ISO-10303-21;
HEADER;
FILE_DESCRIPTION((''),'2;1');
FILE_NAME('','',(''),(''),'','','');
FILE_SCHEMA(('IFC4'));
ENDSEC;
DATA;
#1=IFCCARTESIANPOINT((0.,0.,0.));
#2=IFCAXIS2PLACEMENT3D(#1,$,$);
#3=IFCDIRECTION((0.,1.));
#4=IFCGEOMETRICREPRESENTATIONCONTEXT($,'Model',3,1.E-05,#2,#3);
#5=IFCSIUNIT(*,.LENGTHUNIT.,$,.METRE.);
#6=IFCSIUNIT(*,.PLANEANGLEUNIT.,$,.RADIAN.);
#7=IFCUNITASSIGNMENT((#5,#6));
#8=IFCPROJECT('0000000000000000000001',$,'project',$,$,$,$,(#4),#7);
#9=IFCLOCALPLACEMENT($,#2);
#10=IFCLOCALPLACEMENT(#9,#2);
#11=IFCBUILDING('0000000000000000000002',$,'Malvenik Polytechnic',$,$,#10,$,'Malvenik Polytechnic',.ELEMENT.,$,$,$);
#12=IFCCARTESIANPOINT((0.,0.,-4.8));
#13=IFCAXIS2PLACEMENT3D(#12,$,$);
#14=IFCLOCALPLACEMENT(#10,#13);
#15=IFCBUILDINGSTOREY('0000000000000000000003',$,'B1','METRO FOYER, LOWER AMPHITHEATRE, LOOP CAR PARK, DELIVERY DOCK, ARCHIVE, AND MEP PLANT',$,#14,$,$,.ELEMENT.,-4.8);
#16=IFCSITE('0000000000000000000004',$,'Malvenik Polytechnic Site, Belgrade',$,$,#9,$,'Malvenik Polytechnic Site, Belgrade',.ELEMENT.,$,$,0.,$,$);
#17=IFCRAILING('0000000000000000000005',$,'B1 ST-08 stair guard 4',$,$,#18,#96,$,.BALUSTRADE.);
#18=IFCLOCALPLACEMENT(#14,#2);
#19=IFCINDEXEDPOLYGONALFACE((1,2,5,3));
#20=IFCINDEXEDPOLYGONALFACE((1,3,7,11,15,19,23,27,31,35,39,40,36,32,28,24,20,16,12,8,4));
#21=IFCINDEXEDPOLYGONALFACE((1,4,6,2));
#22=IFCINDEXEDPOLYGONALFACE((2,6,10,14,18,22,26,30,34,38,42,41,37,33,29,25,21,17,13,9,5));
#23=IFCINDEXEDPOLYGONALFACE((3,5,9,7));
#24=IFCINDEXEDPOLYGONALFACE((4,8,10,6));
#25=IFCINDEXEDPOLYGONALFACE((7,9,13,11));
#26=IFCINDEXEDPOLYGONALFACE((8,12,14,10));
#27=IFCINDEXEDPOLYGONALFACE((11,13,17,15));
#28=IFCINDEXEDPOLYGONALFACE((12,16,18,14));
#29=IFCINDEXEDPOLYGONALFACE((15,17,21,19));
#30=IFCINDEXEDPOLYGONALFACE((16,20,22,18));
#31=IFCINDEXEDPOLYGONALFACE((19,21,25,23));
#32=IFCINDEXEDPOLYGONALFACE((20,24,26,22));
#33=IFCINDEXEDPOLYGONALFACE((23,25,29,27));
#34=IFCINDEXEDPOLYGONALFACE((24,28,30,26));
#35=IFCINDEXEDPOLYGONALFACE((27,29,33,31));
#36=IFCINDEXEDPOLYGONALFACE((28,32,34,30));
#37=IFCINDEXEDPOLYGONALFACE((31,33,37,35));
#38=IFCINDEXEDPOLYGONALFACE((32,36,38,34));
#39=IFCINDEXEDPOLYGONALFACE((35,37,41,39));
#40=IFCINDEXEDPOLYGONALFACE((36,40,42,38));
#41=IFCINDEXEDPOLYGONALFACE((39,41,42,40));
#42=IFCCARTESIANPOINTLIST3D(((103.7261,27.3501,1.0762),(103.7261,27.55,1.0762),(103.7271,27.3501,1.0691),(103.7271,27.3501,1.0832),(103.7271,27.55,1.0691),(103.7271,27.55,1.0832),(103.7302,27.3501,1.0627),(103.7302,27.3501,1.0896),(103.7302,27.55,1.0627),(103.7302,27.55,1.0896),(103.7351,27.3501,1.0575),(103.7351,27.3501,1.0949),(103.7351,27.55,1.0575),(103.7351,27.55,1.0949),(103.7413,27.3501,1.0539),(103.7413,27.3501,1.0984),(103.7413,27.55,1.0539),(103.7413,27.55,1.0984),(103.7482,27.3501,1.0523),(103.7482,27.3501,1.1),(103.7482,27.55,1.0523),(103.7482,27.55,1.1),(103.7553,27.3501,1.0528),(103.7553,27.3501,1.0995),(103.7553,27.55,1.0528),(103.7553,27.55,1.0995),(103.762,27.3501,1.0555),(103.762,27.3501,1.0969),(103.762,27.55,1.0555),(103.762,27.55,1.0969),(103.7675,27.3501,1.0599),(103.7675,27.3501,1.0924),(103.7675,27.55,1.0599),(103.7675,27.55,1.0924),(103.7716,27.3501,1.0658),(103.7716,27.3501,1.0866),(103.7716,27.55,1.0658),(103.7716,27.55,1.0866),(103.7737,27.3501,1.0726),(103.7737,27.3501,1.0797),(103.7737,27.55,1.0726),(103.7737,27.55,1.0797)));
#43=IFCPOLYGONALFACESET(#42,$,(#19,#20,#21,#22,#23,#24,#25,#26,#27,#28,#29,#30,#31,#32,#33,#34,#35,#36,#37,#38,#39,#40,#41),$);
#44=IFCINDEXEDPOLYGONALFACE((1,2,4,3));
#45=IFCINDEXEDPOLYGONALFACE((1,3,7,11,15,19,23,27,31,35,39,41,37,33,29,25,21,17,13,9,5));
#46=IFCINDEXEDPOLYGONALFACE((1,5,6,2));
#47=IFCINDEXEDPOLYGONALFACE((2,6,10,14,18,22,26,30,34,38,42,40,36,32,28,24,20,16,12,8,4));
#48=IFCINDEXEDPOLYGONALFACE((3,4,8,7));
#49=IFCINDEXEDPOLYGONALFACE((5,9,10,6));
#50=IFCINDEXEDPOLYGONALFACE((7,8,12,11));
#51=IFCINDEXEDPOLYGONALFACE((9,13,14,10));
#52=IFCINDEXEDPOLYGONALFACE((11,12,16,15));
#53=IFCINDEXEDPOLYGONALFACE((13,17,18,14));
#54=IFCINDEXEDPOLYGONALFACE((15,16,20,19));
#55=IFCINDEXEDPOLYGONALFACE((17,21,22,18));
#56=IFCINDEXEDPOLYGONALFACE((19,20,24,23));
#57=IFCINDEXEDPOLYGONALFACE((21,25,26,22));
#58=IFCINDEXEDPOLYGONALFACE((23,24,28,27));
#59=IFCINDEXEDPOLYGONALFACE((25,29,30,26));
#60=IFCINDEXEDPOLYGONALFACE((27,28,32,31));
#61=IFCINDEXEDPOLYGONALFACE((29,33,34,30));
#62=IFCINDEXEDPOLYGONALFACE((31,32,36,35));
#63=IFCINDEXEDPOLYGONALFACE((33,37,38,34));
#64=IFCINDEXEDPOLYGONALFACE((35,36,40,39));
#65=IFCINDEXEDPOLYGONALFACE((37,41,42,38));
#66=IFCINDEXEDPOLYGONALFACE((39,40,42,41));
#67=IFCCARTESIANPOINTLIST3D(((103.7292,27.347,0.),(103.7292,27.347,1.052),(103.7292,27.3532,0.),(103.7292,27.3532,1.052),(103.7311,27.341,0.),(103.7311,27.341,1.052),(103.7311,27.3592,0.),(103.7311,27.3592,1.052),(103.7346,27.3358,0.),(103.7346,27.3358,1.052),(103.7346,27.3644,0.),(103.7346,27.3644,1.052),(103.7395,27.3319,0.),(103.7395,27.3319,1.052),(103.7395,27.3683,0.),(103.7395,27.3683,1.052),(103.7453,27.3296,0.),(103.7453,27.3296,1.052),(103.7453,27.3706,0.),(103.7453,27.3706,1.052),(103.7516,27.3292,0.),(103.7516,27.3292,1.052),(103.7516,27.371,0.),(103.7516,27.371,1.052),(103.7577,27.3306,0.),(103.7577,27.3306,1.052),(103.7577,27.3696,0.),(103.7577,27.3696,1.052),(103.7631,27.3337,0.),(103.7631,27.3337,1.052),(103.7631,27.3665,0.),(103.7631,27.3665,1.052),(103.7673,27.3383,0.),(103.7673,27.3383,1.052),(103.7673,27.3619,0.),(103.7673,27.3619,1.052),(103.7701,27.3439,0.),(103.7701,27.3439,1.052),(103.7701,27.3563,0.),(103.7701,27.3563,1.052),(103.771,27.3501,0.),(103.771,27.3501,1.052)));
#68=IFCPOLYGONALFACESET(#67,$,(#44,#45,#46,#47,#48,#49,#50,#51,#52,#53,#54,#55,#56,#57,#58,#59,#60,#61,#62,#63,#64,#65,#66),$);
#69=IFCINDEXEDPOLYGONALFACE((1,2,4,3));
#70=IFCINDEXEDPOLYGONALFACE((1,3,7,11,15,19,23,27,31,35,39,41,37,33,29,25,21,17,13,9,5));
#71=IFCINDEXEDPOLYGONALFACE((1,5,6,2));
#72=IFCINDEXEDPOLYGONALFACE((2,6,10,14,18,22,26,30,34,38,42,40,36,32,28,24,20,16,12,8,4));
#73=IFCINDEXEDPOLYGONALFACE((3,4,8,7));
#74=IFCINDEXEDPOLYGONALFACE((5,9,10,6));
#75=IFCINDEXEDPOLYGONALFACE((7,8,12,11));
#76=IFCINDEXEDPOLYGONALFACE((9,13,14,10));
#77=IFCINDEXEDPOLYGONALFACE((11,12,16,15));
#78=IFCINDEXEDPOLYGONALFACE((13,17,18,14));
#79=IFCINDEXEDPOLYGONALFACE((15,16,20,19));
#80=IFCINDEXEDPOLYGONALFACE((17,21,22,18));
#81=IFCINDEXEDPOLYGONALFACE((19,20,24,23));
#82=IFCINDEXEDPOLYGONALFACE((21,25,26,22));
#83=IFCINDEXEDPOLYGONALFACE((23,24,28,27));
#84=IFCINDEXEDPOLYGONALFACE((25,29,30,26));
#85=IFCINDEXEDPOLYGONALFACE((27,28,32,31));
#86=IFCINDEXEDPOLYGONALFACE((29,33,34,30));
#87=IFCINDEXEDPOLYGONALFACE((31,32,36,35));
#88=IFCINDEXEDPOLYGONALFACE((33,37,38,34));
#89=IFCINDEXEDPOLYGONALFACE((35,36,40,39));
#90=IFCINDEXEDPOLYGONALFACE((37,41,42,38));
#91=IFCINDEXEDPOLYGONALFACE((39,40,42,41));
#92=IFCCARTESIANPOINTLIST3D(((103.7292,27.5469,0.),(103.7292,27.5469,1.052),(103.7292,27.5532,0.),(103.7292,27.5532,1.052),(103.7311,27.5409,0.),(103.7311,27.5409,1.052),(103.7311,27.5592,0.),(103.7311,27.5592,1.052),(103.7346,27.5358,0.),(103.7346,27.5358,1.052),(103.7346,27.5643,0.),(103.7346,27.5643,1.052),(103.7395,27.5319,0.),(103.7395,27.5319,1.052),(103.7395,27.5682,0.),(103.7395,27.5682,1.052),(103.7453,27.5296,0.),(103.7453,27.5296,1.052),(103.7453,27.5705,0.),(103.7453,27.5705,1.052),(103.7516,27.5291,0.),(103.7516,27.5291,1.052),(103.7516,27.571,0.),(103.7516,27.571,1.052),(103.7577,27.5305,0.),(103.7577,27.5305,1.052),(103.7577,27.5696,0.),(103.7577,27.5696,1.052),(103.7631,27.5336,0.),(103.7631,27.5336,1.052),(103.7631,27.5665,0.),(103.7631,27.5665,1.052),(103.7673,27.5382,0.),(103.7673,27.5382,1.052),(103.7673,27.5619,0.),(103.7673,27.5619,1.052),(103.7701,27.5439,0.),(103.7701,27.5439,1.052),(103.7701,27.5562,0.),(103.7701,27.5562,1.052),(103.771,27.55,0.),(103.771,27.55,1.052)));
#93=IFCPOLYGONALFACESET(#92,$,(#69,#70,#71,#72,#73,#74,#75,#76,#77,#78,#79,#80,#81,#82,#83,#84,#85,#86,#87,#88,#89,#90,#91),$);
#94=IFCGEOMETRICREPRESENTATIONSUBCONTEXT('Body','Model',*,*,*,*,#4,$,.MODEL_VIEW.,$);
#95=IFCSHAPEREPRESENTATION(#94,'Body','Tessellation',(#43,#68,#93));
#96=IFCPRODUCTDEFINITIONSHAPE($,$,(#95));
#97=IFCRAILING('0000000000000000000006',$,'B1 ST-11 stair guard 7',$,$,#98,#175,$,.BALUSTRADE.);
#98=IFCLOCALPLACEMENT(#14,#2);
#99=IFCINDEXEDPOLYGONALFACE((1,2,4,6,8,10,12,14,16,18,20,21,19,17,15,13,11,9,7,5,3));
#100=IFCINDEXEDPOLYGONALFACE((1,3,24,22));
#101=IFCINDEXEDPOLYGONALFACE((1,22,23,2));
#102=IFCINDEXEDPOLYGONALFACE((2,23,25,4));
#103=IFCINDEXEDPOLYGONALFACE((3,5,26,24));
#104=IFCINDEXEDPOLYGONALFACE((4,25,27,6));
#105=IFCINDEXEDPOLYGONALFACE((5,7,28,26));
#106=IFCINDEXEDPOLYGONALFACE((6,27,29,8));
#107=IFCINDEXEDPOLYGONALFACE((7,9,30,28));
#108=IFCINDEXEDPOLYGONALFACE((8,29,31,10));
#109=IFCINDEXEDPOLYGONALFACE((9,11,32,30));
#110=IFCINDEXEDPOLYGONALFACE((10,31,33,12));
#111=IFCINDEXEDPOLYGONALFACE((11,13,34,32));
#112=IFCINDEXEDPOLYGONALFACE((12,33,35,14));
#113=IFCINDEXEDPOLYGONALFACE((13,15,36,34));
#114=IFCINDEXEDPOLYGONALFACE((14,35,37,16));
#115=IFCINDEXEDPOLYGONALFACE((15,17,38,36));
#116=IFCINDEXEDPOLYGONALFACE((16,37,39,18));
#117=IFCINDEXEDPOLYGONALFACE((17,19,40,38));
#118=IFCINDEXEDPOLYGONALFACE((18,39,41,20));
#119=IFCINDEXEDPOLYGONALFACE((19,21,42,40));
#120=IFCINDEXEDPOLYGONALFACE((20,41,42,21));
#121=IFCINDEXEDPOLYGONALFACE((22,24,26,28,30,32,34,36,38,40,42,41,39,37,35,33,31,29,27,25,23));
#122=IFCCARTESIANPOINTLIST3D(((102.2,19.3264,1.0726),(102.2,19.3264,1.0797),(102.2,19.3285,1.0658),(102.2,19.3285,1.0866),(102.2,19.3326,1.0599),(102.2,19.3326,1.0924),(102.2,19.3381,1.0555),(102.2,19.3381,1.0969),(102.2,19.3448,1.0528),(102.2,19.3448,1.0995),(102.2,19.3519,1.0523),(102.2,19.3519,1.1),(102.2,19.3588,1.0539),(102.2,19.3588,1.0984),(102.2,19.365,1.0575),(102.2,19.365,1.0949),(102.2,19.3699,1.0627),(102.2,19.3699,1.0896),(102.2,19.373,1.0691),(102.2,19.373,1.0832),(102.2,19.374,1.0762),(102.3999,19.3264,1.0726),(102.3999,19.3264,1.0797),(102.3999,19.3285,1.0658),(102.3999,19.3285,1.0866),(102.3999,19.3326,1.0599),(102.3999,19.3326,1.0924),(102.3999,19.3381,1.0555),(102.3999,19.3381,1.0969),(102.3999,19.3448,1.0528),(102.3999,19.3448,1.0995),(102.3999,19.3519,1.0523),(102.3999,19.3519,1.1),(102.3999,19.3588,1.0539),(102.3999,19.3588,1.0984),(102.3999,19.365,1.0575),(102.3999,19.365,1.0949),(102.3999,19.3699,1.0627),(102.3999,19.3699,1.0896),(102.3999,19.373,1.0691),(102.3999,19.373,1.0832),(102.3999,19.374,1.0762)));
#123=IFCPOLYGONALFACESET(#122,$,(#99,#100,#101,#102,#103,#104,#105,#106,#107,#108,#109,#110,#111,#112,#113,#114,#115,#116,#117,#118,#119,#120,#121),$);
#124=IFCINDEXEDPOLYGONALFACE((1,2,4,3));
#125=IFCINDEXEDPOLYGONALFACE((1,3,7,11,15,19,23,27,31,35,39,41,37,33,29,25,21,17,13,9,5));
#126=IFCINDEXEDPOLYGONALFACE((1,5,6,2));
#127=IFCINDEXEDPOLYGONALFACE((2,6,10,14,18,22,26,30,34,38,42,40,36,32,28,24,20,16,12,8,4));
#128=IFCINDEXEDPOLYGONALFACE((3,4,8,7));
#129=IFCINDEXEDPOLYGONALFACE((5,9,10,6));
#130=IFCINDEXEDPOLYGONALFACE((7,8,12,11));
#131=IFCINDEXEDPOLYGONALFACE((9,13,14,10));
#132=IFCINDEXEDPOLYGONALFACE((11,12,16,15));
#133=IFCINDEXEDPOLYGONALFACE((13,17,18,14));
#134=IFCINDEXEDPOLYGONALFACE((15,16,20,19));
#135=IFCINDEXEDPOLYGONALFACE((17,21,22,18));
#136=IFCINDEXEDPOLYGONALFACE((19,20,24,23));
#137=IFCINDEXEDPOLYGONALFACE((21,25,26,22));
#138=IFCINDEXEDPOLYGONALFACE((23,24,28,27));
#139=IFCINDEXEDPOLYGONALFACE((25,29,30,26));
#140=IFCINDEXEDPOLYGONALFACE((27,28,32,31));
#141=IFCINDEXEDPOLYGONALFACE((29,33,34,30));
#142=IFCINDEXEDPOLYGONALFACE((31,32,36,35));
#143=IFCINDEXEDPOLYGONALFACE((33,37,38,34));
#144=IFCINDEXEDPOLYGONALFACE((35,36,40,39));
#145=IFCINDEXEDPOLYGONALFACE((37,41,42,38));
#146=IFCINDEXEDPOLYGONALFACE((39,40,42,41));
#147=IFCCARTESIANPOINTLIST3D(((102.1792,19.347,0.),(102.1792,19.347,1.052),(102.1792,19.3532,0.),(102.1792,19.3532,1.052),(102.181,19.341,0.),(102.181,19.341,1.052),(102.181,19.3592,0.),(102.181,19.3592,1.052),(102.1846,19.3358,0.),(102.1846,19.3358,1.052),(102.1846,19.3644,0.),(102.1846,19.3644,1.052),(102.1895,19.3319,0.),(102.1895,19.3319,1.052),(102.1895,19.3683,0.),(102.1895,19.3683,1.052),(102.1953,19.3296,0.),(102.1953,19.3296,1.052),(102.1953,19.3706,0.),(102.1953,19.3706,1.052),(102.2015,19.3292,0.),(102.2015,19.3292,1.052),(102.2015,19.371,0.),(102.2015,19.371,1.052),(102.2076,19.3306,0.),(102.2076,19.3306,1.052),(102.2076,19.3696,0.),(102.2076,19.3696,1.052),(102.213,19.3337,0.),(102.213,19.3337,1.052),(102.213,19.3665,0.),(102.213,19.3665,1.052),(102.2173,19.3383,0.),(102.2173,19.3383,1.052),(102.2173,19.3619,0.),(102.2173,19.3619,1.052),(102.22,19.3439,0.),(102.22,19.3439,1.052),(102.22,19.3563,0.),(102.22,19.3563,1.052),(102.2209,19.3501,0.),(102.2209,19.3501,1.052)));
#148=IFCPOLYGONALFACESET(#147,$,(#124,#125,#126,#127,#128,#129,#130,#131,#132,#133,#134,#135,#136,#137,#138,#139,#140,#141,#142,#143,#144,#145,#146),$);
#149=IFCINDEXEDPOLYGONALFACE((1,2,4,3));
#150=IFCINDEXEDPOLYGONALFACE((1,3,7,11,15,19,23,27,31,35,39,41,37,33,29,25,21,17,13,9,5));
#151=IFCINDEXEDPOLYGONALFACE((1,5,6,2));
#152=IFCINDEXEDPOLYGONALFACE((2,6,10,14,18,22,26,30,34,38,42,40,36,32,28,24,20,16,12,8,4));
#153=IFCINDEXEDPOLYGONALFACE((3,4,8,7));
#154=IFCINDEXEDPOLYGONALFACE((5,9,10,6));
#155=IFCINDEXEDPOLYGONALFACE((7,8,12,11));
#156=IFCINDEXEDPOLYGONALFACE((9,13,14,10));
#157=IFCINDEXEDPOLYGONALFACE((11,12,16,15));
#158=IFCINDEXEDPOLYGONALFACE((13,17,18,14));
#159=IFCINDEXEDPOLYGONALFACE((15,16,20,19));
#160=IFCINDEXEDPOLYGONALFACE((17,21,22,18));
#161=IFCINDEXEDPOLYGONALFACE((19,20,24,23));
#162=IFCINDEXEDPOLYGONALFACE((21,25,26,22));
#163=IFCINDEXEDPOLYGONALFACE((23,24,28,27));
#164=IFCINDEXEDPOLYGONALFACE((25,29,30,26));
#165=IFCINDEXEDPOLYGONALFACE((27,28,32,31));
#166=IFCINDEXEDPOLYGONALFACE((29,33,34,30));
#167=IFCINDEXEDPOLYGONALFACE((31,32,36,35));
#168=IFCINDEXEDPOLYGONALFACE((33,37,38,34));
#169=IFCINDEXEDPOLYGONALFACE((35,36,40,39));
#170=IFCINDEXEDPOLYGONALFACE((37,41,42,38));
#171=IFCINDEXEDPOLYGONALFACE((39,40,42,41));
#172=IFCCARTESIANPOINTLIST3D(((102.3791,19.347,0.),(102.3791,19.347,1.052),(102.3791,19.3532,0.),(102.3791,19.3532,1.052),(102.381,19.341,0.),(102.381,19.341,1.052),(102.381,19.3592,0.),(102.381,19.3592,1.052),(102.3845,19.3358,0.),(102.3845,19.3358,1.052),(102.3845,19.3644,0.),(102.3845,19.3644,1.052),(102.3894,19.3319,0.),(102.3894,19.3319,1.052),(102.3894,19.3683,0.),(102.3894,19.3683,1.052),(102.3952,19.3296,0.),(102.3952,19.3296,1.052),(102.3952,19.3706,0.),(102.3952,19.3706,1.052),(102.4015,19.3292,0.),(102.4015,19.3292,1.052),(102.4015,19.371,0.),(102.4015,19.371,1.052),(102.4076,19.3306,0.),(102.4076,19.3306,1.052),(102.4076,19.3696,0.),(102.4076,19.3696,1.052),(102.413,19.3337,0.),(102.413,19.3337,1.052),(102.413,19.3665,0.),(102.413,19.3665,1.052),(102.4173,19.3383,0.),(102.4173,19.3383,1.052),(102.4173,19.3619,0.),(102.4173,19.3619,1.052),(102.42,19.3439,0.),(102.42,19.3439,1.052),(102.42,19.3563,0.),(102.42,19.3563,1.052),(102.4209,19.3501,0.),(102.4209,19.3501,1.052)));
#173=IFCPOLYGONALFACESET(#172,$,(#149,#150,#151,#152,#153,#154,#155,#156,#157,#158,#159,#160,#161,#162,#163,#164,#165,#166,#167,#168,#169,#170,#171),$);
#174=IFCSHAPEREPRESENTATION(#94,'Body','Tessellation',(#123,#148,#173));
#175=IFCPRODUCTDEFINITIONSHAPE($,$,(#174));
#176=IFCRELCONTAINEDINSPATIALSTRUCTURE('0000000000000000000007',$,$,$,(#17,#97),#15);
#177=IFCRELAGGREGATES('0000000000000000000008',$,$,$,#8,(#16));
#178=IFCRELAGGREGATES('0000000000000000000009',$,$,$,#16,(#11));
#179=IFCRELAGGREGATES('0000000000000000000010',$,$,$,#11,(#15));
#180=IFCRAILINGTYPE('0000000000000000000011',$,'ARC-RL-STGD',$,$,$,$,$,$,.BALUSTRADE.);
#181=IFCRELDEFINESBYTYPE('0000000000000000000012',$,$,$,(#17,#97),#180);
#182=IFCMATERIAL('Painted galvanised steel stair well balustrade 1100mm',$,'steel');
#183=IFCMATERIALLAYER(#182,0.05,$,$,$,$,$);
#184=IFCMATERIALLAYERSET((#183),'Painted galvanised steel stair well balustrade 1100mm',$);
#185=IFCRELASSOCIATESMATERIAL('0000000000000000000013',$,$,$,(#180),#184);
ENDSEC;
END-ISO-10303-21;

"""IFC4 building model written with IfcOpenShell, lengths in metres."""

from ifc_helpers import new_model, si_unit, direction, frame, origin, origin_2d, place, context, subcontext, project, spatial, circle, extrude, material, layer, layer_set, type_object, element, save


model = new_model("IFC4")

# Units and contexts
model_context = context("Model", 3, precision=1e-05, world=origin(), true_north=direction((0.0, 1.0)))
body_context = subcontext(model_context, "Body", "Model", "MODEL_VIEW")
ifc_project = project(units=[si_unit("LENGTHUNIT", "METRE"), si_unit("PLANEANGLEUNIT", "RADIAN")], contexts=[model_context])

# Site, building, storey
site_placement = place(None, origin())
site = spatial("IfcSite", under=ifc_project, at=site_placement, Name="Malvenik Polytechnic Site, Belgrade", LongName="Malvenik Polytechnic Site, Belgrade", CompositionType="ELEMENT", RefElevation=0.0)
building_placement = place(site_placement, origin())
building = spatial("IfcBuilding", under=site, at=building_placement, Name="Malvenik Polytechnic", LongName="Malvenik Polytechnic", CompositionType="ELEMENT")
storey_placement = place(building_placement, frame((0.0, 0.0, -4.8)))
storey = spatial("IfcBuildingStorey", under=building, at=storey_placement, Name="B1", Description="METRO FOYER, LOWER AMPHITHEATRE, LOOP CAR PARK, DELIVERY DOCK, ARCHIVE, AND MEP PLANT", CompositionType="ELEMENT", Elevation=-4.8)

# Railings
ifc_material_1 = material(Name="Painted galvanised steel stair well balustrade 1100mm", Category="steel")
ifc_layer_1 = layer(ifc_material_1, 0.05)
ifc_layer_set_1 = layer_set([ifc_layer_1], Name="Painted galvanised steel stair well balustrade 1100mm")
railing_type_1 = type_object("IfcRailingType", Name="ARC-RL-STGD", PredefinedType="BALUSTRADE", material=ifc_layer_set_1)
railing_1_placement = place(storey_placement, frame((103.75, 27.3501, 0.0)))
element("IfcRailing", 1, at=railing_1_placement, inside=storey, type_object=railing_type_1, Name="B1 ST-08 stair guard 4", PredefinedType="BALUSTRADE", context=body_context, shape_type="SweptSolid", body=[
    extrude(circle(Radius=0.0239, at=origin_2d()), frame((0.0, 0.0, 1.0762), z_axis=(0.0, 1.0, 0.0), x_axis=(-1.0, 0.0, 0.0)), (0.0, 0.0, 1.0), 0.2),
    extrude(circle(Radius=0.021, at=origin_2d()), origin(), (0.0, 0.0, 1.0), 1.052),
    extrude(circle(Radius=0.021, at=origin_2d()), frame((0.0, 0.2, 0.0)), (0.0, 0.0, 1.0), 1.052),
])
railing_2_placement = place(storey_placement, frame((102.2, 19.3501, 0.0)))
element("IfcRailing", 2, at=railing_2_placement, inside=storey, type_object=railing_type_1, Name="B1 ST-11 stair guard 7", PredefinedType="BALUSTRADE", context=body_context, shape_type="SweptSolid", body=[
    extrude(circle(Radius=0.0239, at=origin_2d()), frame((0.0, 0.0, 1.0762), z_axis=(1.0, 0.0, 0.0), x_axis=(0.0, 1.0, 0.0)), (0.0, 0.0, 1.0), 0.2),
    extrude(circle(Radius=0.021, at=origin_2d()), origin(), (0.0, 0.0, 1.0), 1.052),
    extrude(circle(Radius=0.021, at=origin_2d()), frame((0.2, 0.0, 0.0)), (0.0, 0.0, 1.0), 1.052),
])

save(model, "model.ifc")
